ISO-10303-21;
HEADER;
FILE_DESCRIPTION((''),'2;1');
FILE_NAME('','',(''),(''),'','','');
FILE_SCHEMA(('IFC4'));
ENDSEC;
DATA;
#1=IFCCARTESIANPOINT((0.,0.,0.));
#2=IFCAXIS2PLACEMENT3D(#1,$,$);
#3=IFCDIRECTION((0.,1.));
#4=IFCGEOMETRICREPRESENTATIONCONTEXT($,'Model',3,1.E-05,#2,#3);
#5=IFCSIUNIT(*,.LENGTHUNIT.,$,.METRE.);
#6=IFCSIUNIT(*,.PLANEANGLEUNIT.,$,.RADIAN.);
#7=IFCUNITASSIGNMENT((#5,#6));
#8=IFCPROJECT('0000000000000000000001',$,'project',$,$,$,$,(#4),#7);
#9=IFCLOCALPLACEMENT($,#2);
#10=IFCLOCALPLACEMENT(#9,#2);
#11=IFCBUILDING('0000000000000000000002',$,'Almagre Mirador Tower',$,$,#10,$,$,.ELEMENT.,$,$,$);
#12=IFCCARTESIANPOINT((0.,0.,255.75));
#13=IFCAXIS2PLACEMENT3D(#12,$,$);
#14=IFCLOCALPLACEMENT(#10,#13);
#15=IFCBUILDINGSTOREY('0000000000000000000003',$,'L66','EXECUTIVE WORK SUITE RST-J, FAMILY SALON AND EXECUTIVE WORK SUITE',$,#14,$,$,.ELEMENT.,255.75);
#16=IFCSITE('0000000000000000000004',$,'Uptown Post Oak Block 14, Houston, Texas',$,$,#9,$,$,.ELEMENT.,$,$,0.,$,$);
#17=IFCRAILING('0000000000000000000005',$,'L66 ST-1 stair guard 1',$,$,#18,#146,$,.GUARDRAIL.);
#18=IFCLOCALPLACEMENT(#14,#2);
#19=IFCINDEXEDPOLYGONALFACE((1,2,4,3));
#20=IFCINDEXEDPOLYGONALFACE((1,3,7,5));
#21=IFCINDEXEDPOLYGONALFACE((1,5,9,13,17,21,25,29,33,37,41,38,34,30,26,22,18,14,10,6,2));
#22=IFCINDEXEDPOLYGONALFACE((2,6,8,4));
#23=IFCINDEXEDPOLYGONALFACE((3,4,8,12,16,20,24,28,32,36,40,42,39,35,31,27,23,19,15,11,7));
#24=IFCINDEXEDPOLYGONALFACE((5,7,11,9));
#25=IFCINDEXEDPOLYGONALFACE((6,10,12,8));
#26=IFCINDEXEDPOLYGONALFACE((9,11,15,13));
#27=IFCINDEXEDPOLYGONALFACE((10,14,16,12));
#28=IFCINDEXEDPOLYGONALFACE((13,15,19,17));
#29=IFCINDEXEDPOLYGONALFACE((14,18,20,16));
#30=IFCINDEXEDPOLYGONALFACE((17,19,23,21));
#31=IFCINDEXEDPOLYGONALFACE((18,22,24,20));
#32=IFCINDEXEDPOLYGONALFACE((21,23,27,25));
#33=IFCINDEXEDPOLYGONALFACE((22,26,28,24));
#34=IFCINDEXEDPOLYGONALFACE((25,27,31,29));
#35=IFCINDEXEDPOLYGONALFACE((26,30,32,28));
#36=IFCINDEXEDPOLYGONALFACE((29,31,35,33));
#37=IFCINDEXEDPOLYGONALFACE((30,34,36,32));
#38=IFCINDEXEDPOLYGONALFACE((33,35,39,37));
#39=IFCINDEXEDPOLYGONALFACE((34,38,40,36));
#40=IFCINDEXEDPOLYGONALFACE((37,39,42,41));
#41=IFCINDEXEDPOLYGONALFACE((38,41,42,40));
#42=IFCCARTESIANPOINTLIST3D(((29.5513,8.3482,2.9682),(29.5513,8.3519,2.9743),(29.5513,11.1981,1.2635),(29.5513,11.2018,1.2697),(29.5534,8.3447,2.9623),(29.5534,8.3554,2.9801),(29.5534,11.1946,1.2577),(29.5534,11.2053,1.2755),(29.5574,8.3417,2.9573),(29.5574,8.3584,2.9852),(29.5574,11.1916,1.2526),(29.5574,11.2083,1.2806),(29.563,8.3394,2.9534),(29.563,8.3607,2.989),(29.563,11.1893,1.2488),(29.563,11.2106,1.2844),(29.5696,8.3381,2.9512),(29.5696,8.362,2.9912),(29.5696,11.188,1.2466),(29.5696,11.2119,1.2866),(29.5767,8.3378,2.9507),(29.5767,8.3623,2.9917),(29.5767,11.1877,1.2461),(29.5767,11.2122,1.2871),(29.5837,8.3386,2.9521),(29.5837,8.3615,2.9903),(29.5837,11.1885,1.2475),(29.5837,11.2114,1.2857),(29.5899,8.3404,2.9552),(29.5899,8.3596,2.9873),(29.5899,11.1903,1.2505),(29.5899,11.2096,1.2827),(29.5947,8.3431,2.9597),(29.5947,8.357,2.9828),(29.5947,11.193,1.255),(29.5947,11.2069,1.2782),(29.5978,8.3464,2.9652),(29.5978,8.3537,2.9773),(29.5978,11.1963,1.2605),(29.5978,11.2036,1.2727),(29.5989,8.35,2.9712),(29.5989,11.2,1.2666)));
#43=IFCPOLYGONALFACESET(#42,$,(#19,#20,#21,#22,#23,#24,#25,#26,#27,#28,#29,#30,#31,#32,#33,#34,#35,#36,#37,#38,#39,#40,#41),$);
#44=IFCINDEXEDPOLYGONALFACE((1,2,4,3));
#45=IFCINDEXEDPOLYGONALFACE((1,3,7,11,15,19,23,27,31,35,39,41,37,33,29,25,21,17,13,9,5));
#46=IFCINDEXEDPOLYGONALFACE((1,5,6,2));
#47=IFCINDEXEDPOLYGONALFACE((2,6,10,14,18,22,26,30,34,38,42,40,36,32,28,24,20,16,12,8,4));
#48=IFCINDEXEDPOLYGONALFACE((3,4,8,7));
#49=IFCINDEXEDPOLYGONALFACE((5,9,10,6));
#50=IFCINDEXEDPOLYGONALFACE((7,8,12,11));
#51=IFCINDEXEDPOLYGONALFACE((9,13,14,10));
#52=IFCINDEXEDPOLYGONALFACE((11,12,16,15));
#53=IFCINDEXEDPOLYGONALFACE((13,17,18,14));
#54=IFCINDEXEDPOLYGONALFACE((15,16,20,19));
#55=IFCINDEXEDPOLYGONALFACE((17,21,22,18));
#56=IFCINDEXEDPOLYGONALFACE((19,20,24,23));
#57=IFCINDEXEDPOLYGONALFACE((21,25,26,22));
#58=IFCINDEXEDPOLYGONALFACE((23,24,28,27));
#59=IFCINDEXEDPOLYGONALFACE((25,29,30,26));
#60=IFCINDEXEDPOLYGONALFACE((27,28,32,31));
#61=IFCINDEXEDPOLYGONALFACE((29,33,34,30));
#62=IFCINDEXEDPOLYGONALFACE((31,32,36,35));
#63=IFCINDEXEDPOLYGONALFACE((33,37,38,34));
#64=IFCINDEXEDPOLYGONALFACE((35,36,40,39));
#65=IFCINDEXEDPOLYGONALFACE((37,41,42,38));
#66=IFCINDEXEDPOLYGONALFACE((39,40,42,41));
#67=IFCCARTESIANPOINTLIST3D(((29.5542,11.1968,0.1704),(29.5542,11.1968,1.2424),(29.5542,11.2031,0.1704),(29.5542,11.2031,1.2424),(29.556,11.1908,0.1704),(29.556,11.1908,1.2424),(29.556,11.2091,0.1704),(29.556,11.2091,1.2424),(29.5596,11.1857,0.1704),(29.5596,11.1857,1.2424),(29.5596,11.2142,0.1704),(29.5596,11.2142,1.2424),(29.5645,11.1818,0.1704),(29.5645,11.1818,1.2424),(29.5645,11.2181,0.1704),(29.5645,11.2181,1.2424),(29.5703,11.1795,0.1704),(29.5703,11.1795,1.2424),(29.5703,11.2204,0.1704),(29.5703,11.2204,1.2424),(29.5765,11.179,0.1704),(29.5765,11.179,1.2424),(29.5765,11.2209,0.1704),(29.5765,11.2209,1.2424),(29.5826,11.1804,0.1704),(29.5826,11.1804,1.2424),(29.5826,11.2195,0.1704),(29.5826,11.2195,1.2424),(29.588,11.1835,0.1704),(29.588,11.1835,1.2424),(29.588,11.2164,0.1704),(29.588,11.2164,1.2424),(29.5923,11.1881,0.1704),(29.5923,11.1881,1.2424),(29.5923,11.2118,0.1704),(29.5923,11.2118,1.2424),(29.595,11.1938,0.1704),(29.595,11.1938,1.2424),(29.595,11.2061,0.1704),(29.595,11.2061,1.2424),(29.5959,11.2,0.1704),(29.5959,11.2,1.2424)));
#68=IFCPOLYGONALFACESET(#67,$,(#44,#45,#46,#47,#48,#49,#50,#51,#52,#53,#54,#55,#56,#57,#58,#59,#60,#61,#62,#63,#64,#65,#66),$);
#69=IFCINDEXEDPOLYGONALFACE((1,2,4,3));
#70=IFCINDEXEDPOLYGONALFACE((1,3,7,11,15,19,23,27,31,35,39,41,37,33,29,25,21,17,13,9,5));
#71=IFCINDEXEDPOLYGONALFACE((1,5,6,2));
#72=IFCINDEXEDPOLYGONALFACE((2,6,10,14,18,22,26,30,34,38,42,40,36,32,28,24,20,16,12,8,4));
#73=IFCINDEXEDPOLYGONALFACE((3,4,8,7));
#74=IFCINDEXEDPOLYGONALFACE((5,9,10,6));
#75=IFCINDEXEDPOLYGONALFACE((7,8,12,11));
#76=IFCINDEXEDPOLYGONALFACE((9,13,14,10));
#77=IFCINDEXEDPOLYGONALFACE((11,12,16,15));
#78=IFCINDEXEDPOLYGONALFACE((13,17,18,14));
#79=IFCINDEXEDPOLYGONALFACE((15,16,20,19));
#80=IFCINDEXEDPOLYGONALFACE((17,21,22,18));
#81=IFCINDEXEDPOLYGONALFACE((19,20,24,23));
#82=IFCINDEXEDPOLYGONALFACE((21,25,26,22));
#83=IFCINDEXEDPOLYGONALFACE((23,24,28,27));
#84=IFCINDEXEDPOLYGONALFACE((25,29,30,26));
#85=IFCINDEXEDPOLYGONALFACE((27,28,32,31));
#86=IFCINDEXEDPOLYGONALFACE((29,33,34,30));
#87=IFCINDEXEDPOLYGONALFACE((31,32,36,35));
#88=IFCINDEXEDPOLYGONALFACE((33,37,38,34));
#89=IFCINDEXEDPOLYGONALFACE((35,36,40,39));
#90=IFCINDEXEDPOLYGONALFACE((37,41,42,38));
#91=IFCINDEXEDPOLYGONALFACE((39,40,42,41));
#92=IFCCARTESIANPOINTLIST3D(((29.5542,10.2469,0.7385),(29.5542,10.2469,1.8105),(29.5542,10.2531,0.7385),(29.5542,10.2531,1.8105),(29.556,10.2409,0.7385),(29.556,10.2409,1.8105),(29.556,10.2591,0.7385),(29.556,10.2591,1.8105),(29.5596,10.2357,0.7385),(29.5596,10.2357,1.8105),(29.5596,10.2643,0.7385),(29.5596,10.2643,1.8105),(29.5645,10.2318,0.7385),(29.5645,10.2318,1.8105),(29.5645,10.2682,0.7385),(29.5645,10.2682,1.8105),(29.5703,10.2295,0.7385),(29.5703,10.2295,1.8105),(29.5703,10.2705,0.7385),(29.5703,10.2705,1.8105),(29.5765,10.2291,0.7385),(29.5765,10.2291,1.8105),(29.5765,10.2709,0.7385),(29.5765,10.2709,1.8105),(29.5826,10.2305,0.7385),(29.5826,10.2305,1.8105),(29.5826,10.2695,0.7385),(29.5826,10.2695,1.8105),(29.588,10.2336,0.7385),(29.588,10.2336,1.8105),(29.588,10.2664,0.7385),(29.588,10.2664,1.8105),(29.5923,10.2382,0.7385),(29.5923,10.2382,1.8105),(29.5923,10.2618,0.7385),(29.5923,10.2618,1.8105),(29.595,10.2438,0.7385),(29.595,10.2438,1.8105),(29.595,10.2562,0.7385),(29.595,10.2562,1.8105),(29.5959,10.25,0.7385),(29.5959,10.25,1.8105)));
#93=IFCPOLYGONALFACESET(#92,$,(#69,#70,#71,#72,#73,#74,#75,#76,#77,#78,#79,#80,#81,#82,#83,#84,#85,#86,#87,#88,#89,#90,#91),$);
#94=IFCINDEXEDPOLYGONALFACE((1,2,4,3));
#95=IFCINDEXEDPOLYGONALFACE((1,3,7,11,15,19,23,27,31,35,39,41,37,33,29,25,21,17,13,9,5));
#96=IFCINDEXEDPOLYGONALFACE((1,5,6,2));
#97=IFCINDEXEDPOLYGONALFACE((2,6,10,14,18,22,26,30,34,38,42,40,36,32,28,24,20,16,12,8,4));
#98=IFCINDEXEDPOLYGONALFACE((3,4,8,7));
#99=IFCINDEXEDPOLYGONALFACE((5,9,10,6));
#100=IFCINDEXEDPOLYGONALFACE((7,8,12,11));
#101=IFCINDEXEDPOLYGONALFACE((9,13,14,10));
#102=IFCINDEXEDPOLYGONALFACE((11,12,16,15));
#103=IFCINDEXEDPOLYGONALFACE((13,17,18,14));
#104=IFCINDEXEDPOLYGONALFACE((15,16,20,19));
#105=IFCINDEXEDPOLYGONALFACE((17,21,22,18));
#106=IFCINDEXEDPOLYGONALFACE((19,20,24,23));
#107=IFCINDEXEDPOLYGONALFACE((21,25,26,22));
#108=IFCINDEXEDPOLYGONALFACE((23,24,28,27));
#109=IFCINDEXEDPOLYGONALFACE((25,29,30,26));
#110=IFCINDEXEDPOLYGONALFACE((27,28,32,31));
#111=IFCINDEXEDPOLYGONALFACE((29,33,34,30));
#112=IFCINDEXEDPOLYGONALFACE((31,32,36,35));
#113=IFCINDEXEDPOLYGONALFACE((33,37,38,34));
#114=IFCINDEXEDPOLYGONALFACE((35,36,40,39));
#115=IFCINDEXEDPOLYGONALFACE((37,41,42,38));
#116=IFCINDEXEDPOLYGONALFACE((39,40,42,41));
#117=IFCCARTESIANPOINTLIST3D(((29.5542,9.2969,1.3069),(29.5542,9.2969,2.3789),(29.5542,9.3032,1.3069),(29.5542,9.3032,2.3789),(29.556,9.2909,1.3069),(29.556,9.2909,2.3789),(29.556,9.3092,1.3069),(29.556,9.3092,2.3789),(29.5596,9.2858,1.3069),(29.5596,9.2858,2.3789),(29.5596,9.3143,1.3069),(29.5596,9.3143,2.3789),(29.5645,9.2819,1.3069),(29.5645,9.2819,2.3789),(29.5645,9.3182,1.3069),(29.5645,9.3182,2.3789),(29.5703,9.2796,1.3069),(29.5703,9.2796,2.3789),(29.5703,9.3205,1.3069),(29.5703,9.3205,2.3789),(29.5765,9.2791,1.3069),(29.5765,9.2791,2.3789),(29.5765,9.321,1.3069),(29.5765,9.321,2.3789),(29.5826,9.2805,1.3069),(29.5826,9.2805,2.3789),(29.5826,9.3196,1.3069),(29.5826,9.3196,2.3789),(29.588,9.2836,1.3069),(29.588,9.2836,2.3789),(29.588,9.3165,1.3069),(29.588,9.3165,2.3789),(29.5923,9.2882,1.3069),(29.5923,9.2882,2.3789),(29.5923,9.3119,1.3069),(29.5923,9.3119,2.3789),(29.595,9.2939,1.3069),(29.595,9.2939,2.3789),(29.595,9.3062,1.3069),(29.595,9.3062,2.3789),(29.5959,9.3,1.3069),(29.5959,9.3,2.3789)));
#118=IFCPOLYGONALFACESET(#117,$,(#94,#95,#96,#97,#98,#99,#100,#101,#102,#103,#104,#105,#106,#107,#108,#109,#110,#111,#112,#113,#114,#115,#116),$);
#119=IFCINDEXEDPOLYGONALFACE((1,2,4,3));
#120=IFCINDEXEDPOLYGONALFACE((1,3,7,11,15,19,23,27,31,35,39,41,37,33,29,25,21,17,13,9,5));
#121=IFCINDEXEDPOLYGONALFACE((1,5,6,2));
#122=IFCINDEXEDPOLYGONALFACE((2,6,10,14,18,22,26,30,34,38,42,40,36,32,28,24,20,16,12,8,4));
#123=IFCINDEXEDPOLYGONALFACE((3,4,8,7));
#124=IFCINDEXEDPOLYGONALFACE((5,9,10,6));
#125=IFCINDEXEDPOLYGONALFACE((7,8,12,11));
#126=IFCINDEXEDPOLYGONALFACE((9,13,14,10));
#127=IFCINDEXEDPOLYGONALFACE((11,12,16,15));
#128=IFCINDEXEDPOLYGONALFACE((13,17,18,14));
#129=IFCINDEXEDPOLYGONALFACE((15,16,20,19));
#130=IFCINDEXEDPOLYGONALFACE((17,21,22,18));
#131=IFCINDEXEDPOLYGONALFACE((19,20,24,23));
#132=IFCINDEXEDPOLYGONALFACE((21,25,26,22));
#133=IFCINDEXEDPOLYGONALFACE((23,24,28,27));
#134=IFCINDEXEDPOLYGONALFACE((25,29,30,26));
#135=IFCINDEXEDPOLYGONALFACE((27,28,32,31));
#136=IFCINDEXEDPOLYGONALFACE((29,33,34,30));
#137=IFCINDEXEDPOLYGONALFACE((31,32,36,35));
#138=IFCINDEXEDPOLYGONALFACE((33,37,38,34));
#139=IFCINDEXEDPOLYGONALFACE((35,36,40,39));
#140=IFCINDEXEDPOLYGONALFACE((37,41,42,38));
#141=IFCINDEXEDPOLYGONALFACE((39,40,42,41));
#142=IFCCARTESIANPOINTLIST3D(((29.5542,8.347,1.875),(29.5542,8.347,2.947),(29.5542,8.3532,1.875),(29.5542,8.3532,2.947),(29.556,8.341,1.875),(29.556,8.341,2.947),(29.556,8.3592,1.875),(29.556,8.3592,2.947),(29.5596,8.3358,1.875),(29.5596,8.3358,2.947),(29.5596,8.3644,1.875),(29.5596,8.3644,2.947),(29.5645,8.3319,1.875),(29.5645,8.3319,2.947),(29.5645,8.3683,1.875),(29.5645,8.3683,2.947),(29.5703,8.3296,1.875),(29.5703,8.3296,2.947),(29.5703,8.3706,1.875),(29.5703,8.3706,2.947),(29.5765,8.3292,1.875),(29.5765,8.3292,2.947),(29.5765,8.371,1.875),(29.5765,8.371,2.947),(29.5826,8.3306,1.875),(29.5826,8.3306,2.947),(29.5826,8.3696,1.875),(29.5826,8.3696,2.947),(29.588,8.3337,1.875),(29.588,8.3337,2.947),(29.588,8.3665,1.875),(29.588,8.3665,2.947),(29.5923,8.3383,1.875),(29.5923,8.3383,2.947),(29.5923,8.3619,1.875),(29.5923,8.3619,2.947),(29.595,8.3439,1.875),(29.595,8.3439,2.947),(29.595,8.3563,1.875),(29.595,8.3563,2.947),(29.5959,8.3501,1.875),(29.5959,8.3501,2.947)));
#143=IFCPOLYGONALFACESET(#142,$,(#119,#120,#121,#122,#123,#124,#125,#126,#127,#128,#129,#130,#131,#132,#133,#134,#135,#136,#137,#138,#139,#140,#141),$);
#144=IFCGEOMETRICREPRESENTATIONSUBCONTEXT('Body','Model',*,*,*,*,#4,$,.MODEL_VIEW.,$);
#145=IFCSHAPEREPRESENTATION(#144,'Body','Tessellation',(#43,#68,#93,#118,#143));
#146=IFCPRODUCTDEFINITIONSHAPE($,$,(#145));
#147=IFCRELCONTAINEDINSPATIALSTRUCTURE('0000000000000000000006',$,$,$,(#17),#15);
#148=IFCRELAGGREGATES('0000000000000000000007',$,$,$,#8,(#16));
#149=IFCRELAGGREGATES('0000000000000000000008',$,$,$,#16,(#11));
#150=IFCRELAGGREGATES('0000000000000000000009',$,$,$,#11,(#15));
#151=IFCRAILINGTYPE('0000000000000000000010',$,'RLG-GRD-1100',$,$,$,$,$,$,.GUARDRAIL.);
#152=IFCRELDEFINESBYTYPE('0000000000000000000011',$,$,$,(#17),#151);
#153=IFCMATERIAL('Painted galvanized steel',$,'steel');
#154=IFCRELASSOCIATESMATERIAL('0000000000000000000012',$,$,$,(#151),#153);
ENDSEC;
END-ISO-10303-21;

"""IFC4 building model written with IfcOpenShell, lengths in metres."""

from ifc_helpers import new_model, si_unit, direction, frame, origin, origin_2d, place, context, subcontext, project, spatial, circle, extrude, material, type_object, element, save


model = new_model("IFC4")

# Units and contexts
model_context = context("Model", 3, precision=1e-05, world=origin(), true_north=direction((0.0, 1.0)))
body_context = subcontext(model_context, "Body", "Model", "MODEL_VIEW")
ifc_project = project(units=[si_unit("LENGTHUNIT", "METRE"), si_unit("PLANEANGLEUNIT", "RADIAN")], contexts=[model_context])

# Site, building, storey
site_placement = place(None, origin())
site = spatial("IfcSite", under=ifc_project, at=site_placement, Name="Uptown Post Oak Block 14, Houston, Texas", CompositionType="ELEMENT", RefElevation=0.0)
building_placement = place(site_placement, origin())
building = spatial("IfcBuilding", under=site, at=building_placement, Name="Almagre Mirador Tower", CompositionType="ELEMENT")
storey_placement = place(building_placement, frame((0.0, 0.0, 255.75)))
storey = spatial("IfcBuildingStorey", under=building, at=storey_placement, Name="L66", Description="EXECUTIVE WORK SUITE RST-J, FAMILY SALON AND EXECUTIVE WORK SUITE", CompositionType="ELEMENT", Elevation=255.75)

# Railing
ifc_material_1 = material(Name="Painted galvanized steel", Category="steel")
railing_type_1 = type_object("IfcRailingType", Name="RLG-GRD-1100", PredefinedType="GUARDRAIL", material=ifc_material_1)
railing_1_placement = place(storey_placement, frame((29.575, 11.2, 0.1704)))
element("IfcRailing", 1, at=railing_1_placement, inside=storey, type_object=railing_type_1, Name="L66 ST-1 stair guard 1", PredefinedType="GUARDRAIL", context=body_context, shape_type="SweptSolid", body=[
    extrude(circle(Radius=0.0239, at=origin_2d()), frame((0.0, 0.0, 1.0962), z_axis=(0.0, -0.858199, 0.513317), x_axis=(1.0, 0.0, 0.0)), (0.0, 0.0, 1.0), 3.3208),
    extrude(circle(Radius=0.021, at=origin_2d()), origin(), (0.0, 0.0, 1.0), 1.072),
    extrude(circle(Radius=0.021, at=origin_2d()), frame((0.0, -0.95, 0.5681)), (0.0, 0.0, 1.0), 1.072),
    extrude(circle(Radius=0.021, at=origin_2d()), frame((0.0, -1.8999, 1.1365)), (0.0, 0.0, 1.0), 1.072),
    extrude(circle(Radius=0.021, at=origin_2d()), frame((0.0, -2.8499, 1.7046)), (0.0, 0.0, 1.0), 1.072),
])

save(model, "model.ifc")
